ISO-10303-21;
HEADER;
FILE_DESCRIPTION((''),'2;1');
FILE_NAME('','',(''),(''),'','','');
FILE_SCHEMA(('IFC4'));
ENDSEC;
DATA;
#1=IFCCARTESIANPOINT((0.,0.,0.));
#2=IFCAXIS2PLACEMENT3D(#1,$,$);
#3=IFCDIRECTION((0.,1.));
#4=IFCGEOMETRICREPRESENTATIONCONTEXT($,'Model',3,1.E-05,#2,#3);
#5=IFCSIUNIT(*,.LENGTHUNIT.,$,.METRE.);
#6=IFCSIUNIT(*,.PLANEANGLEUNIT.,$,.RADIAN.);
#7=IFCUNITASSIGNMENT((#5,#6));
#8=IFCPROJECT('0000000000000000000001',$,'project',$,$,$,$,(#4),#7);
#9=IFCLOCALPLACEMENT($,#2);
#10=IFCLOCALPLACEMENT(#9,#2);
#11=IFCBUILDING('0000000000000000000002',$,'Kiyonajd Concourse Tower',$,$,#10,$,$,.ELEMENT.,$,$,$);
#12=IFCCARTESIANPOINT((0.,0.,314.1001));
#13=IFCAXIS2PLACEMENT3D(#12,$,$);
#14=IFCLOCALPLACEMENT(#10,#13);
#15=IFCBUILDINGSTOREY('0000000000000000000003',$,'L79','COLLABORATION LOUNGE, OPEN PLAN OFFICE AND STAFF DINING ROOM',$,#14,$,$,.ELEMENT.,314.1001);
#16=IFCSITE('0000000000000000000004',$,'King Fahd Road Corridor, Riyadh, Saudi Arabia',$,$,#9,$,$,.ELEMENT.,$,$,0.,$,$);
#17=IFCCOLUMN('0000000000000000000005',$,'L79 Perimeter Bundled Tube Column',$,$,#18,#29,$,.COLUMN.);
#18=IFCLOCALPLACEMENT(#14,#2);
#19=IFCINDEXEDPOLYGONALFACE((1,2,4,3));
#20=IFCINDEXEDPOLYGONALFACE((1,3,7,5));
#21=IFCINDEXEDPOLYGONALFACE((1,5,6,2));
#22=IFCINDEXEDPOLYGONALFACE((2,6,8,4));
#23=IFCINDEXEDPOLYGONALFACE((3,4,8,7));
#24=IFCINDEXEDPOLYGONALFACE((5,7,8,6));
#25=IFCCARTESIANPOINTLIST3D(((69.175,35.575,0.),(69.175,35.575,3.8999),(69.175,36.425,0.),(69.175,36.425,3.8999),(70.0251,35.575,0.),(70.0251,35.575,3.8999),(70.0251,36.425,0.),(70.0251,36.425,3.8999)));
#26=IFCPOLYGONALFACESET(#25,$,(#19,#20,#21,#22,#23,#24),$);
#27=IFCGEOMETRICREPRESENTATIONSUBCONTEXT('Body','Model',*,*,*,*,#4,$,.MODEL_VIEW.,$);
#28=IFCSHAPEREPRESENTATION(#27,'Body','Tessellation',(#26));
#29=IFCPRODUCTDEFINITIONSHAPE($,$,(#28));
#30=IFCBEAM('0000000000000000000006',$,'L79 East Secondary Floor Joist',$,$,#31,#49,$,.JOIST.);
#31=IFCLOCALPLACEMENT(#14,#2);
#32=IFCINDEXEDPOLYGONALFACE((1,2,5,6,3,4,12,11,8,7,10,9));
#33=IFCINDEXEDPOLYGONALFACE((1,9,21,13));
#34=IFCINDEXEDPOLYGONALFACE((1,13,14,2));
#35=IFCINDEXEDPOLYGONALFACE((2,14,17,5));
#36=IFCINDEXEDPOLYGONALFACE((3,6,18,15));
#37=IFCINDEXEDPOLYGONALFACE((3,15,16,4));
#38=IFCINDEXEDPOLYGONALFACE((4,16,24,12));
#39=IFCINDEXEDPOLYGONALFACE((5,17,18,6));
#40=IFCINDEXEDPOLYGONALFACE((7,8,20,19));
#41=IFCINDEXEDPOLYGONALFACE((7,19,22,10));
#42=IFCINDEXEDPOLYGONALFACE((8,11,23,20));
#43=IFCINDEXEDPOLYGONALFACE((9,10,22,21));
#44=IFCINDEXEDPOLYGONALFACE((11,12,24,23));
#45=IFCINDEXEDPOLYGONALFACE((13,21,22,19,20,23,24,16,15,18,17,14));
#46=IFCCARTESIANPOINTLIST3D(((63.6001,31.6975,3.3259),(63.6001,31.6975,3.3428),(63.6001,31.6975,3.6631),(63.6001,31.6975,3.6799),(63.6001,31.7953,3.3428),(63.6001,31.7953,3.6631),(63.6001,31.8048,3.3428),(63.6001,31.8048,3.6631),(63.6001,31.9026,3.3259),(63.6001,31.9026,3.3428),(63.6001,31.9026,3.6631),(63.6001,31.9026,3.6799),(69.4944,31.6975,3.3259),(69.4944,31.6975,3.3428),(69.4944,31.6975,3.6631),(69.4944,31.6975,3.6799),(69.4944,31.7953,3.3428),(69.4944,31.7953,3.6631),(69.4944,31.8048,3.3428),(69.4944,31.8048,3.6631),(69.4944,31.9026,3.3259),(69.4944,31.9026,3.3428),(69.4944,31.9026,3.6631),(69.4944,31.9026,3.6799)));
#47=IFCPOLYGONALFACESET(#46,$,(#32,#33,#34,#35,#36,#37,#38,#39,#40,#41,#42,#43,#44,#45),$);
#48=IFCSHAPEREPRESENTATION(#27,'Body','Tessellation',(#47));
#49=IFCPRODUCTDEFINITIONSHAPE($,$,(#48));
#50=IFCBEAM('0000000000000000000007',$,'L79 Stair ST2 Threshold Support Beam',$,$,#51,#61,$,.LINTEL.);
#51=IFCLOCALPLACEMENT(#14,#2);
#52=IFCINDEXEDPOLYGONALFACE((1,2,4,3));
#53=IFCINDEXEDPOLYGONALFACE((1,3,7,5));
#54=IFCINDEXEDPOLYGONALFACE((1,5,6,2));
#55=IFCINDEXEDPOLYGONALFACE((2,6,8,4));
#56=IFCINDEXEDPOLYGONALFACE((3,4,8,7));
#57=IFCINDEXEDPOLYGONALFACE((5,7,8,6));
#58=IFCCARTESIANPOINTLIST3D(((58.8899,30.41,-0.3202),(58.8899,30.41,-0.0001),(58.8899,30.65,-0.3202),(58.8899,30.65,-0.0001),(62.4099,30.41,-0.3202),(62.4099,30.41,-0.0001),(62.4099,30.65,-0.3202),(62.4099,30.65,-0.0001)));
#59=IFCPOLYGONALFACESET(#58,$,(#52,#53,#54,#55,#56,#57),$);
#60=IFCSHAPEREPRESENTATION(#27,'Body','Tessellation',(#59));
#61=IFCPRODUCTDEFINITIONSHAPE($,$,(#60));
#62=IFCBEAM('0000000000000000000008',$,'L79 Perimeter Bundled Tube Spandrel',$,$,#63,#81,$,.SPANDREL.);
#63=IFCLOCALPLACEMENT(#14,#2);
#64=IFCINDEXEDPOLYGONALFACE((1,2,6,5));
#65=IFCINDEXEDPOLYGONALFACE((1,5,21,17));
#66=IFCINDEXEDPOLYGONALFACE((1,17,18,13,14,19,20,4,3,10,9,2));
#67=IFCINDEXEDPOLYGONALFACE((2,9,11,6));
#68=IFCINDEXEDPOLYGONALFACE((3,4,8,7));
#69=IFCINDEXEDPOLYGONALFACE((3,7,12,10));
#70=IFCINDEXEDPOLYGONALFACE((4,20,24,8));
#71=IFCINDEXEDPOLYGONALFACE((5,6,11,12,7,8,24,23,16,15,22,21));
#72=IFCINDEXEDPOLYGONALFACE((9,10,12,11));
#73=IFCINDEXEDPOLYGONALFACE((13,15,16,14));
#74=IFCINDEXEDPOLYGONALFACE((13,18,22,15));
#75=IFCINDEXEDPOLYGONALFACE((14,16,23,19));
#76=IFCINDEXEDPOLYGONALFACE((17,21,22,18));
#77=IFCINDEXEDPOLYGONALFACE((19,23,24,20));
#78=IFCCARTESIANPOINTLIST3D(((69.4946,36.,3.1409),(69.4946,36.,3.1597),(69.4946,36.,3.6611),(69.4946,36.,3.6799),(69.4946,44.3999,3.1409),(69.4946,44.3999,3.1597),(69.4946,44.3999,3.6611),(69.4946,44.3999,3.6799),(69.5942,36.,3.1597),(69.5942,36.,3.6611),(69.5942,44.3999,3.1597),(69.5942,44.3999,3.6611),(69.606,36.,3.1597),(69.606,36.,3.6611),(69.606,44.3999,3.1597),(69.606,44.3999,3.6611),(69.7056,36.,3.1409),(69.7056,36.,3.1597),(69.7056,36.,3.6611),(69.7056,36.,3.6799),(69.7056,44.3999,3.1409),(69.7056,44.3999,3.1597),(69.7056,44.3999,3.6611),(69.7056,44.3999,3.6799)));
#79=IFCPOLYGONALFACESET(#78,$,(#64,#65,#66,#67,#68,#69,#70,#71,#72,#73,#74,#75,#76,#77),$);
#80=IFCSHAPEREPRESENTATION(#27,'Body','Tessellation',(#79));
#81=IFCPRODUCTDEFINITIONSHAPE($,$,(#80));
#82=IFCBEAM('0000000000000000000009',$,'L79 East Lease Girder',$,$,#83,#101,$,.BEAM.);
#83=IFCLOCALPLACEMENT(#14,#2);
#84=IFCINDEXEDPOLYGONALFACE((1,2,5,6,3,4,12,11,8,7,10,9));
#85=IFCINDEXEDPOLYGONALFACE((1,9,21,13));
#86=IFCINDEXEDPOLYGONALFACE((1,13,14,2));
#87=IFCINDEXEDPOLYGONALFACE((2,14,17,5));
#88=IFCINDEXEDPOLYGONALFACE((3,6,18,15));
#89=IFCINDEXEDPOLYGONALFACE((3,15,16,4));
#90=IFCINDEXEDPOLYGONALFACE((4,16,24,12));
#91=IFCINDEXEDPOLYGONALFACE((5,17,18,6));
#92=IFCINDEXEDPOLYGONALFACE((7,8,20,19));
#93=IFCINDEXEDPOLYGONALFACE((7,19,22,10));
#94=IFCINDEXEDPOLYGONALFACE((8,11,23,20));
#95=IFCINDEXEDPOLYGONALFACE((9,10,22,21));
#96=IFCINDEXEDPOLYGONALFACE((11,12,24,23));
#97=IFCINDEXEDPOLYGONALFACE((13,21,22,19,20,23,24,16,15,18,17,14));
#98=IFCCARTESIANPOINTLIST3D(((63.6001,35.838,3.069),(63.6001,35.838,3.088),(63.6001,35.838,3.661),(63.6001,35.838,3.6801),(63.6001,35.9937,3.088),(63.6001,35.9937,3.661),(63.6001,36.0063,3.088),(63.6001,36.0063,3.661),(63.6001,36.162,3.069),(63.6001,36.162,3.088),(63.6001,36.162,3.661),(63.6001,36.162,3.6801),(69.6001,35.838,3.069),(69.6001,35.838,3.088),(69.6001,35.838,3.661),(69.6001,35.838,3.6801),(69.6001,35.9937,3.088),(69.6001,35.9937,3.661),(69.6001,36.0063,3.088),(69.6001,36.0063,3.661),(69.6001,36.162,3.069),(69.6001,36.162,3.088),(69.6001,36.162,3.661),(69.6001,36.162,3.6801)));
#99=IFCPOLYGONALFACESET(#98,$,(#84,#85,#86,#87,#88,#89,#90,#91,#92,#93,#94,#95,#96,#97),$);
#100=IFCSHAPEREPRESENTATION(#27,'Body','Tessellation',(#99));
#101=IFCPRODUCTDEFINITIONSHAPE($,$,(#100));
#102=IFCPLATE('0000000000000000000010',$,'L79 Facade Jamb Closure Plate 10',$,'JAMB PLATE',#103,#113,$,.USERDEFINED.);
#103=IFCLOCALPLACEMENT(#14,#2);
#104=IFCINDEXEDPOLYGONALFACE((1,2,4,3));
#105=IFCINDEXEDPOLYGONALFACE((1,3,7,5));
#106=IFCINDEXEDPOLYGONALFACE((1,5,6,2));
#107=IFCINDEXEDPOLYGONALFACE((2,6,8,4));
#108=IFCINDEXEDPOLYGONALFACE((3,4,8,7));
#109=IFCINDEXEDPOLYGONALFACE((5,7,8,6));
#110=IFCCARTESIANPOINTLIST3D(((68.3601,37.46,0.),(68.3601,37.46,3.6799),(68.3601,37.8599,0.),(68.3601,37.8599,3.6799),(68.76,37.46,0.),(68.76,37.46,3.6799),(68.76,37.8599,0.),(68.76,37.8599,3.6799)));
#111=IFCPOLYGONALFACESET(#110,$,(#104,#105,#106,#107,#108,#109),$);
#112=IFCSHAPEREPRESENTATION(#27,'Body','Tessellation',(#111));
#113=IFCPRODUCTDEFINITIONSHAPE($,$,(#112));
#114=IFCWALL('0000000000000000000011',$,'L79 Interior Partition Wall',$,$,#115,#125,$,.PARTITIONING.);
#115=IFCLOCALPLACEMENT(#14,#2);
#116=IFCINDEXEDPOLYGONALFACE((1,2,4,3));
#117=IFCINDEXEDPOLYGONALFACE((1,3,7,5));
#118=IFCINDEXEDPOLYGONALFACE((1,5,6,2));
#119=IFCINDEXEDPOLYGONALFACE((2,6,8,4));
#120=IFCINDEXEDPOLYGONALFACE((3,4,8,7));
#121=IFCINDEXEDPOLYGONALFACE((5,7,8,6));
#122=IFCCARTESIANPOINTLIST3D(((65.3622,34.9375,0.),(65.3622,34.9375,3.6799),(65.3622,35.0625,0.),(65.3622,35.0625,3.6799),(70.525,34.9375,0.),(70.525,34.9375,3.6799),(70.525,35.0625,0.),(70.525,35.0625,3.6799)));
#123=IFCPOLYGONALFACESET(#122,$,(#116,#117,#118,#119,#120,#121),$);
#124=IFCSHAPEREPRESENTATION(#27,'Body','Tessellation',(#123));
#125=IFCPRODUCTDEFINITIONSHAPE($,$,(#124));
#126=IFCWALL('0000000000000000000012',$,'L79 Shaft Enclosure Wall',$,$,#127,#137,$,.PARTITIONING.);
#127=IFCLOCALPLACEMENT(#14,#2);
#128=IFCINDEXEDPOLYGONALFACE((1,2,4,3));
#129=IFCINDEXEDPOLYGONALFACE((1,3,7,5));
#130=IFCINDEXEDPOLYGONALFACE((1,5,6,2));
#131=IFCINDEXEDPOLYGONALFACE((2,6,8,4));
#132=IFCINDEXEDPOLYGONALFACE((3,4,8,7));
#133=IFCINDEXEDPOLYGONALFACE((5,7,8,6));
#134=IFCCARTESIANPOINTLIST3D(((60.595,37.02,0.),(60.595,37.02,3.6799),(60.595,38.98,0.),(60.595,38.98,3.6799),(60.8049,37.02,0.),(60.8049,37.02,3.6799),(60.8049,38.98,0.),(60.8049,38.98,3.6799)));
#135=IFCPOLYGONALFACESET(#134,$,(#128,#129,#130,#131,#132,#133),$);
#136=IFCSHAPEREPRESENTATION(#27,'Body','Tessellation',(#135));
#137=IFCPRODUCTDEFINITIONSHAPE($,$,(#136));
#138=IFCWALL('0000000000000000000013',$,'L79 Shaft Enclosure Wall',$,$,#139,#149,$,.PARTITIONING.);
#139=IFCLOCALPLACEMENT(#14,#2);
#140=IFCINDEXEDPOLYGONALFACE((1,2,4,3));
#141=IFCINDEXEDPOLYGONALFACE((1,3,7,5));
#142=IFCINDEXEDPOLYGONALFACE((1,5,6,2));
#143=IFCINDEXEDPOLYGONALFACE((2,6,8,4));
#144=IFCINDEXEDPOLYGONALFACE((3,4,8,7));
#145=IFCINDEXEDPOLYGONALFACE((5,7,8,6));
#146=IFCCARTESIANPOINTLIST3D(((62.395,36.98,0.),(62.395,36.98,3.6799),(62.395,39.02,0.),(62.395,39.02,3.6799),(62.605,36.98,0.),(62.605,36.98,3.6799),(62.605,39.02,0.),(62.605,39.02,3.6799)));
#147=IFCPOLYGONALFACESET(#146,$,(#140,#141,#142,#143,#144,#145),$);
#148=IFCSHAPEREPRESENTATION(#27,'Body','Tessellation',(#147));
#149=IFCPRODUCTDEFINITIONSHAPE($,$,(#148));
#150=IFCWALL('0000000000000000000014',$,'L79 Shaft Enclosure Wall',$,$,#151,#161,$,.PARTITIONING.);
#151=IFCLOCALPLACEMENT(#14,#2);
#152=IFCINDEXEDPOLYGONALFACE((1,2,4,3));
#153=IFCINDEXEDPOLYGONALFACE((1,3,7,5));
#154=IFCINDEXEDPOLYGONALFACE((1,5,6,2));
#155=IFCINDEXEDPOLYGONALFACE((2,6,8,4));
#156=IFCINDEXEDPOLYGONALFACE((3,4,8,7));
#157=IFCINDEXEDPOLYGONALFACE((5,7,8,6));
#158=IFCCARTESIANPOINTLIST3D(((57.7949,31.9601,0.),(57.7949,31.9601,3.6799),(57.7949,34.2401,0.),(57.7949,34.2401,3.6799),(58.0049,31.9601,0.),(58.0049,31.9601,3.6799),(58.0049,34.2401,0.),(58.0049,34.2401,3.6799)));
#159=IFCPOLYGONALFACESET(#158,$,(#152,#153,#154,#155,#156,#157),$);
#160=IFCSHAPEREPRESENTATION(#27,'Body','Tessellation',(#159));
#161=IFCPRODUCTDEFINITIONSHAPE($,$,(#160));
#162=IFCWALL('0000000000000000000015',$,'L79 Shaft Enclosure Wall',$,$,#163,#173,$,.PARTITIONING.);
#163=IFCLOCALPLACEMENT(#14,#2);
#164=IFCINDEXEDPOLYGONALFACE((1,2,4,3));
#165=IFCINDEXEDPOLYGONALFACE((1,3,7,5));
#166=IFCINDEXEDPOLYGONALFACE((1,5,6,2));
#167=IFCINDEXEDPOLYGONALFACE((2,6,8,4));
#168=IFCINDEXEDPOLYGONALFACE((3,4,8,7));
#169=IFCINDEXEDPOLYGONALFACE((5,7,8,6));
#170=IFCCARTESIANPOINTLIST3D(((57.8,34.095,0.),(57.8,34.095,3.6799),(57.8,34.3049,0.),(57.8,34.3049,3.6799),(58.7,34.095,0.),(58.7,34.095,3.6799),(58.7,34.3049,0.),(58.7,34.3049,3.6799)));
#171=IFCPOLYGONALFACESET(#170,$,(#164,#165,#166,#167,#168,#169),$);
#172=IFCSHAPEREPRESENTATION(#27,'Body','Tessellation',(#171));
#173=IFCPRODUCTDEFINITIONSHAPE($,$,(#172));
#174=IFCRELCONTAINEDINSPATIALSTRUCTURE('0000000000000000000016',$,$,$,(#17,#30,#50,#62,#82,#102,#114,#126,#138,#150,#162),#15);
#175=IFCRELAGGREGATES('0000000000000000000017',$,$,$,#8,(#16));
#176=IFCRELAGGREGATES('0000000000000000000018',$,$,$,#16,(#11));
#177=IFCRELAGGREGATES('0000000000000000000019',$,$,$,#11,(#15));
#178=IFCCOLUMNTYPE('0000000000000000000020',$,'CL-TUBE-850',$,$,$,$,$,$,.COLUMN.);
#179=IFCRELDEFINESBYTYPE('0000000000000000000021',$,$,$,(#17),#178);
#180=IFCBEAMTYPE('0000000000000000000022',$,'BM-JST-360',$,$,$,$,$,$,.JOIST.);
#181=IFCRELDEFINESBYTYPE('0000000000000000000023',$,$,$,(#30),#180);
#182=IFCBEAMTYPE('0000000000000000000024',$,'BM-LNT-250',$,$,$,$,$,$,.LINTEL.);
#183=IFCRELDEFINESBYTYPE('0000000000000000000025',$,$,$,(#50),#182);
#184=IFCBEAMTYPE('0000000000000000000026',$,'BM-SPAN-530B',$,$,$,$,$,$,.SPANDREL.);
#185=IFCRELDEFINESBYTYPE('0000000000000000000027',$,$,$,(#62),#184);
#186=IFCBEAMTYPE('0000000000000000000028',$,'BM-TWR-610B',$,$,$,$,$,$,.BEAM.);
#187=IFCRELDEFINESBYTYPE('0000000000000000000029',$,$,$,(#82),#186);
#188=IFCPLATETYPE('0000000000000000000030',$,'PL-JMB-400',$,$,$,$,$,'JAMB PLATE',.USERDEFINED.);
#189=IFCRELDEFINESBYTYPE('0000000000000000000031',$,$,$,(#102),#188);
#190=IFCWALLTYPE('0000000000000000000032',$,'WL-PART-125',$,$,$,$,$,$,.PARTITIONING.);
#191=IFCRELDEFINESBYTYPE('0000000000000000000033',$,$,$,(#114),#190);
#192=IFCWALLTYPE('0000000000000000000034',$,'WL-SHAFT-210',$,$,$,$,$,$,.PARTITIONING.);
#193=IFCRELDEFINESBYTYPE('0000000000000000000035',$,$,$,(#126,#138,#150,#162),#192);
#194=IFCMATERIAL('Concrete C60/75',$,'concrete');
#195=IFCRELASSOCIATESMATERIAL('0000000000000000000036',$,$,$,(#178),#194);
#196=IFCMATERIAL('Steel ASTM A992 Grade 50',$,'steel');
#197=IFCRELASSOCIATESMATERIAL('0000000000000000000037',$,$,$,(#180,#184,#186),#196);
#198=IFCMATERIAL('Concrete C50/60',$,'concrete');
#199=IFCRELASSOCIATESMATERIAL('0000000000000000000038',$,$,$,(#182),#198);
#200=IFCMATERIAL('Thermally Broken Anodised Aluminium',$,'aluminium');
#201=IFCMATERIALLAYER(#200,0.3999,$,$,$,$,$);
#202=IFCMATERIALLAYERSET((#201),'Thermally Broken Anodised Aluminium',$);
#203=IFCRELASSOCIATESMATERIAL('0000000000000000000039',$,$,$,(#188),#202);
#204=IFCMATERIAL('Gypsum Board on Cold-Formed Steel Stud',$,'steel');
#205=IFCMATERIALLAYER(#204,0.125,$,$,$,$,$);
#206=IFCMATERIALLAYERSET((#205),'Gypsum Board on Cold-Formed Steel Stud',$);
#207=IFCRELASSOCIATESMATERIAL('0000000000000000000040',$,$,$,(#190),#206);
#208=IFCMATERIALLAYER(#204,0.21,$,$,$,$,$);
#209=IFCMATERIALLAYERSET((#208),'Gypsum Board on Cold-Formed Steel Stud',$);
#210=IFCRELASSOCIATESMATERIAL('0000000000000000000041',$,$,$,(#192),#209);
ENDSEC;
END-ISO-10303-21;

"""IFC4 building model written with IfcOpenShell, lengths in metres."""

from ifc_helpers import new_model, si_unit, direction, frame, frame_2d, origin, origin_2d, place, context, subcontext, project, spatial, rectangle, i_section, extrude, material, layer, layer_set, material_profile, profile_set, type_object, element, save


model = new_model("IFC4")

# Units and contexts
model_context = context("Model", 3, precision=1e-05, world=origin(), true_north=direction((0.0, 1.0)))
body_context = subcontext(model_context, "Body", "Model", "MODEL_VIEW")
ifc_project = project(units=[si_unit("LENGTHUNIT", "METRE"), si_unit("PLANEANGLEUNIT", "RADIAN")], contexts=[model_context])

# Site, building, storey
site_placement = place(None, origin())
site = spatial("IfcSite", under=ifc_project, at=site_placement, Name="King Fahd Road Corridor, Riyadh, Saudi Arabia", CompositionType="ELEMENT", RefElevation=0.0)
building_placement = place(site_placement, origin())
building = spatial("IfcBuilding", under=site, at=building_placement, Name="Kiyonajd Concourse Tower", CompositionType="ELEMENT")
storey_placement = place(building_placement, frame((0.0, 0.0, 314.1001)))
storey = spatial("IfcBuildingStorey", under=building, at=storey_placement, Name="L79", Description="COLLABORATION LOUNGE, OPEN PLAN OFFICE AND STAFF DINING ROOM", CompositionType="ELEMENT", Elevation=314.1001)

# Column
ifc_material_1 = material(Name="Concrete C60/75", Category="concrete")
ifc_material_profile_1 = material_profile(ifc_material_1, rectangle(XDim=0.8501, YDim=0.8501, at=origin_2d()), Name="RC-850x850")
ifc_profile_set_1 = profile_set([ifc_material_profile_1], Name="Concrete C60/75")
column_type = type_object("IfcColumnType", Name="CL-TUBE-850", PredefinedType="COLUMN", material=ifc_profile_set_1)
column_placement = place(storey_placement, frame((69.6001, 36.0, 0.0), z_axis=(0.0, 0.0, 1.0), x_axis=(1.0, 0.0, 0.0)))
element("IfcColumn", 1, at=column_placement, inside=storey, type_object=column_type, Name="L79 Perimeter Bundled Tube Column", PredefinedType="COLUMN", context=body_context, shape_type="SweptSolid", body=[
    extrude(rectangle(XDim=0.8501, YDim=0.8501, at=origin_2d()), origin(), (0.0, 0.0, 1.0), 3.8999),
])

# Beams
ifc_material_2 = material(Name="Steel ASTM A992 Grade 50", Category="steel")
ifc_material_profile_2 = material_profile(ifc_material_2, i_section(OverallWidth=0.2051, OverallDepth=0.354, WebThickness=0.0095, FlangeThickness=0.0168, at=origin_2d()), Name="W360X79")
ifc_profile_set_2 = profile_set([ifc_material_profile_2], Name="Steel ASTM A992 Grade 50")
beam_type_1 = type_object("IfcBeamType", Name="BM-JST-360", PredefinedType="JOIST", material=ifc_profile_set_2)
beam_1_placement = place(storey_placement, frame((63.6001, 31.8, 3.5029), z_axis=(1.0, 0.0, 0.0), x_axis=(0.0, 1.0, 0.0)))
element("IfcBeam", 2, at=beam_1_placement, inside=storey, type_object=beam_type_1, Name="L79 East Secondary Floor Joist", PredefinedType="JOIST", context=body_context, shape_type="SweptSolid", body=[
    extrude(i_section(OverallWidth=0.2051, OverallDepth=0.354, WebThickness=0.0095, FlangeThickness=0.0168, at=origin_2d()), origin(), (0.0, 0.0, 1.0), 5.8943),
])
ifc_material_3 = material(Name="Concrete C50/60", Category="concrete")
ifc_material_profile_3 = material_profile(ifc_material_3, rectangle(XDim=0.24, YDim=0.3201, at=origin_2d()), Name="RCBM-240x320")
ifc_profile_set_3 = profile_set([ifc_material_profile_3], Name="Concrete C50/60")
beam_type_2 = type_object("IfcBeamType", Name="BM-LNT-250", PredefinedType="LINTEL", material=ifc_profile_set_3)
beam_2_placement = place(storey_placement, frame((58.8899, 30.53, -0.1602), z_axis=(1.0, 0.0, 0.0), x_axis=(0.0, 1.0, 0.0)))
element("IfcBeam", 3, at=beam_2_placement, inside=storey, type_object=beam_type_2, Name="L79 Stair ST2 Threshold Support Beam", PredefinedType="LINTEL", context=body_context, shape_type="SweptSolid", body=[
    extrude(rectangle(XDim=0.24, YDim=0.3201, at=origin_2d()), origin(), (0.0, 0.0, 1.0), 3.52),
])
ifc_material_profile_4 = material_profile(ifc_material_2, i_section(OverallWidth=0.2109, OverallDepth=0.5391, WebThickness=0.0117, FlangeThickness=0.0188, at=origin_2d()), Name="W530X109")
ifc_profile_set_4 = profile_set([ifc_material_profile_4], Name="Steel ASTM A992 Grade 50")
beam_type_3 = type_object("IfcBeamType", Name="BM-SPAN-530B", PredefinedType="SPANDREL", material=ifc_profile_set_4)
beam_3_placement = place(storey_placement, frame((69.6001, 36.0, 3.4104), z_axis=(0.0, 1.0, 0.0), x_axis=(-1.0, 0.0, 0.0)))
element("IfcBeam", 4, at=beam_3_placement, inside=storey, type_object=beam_type_3, Name="L79 Perimeter Bundled Tube Spandrel", PredefinedType="SPANDREL", context=body_context, shape_type="SweptSolid", body=[
    extrude(i_section(OverallWidth=0.2109, OverallDepth=0.5391, WebThickness=0.0117, FlangeThickness=0.0188, at=origin_2d()), origin(), (0.0, 0.0, 1.0), 8.3999),
])
ifc_material_profile_5 = material_profile(ifc_material_2, i_section(OverallWidth=0.324, OverallDepth=0.6111, WebThickness=0.0127, FlangeThickness=0.019, at=origin_2d()), Name="W610X155")
ifc_profile_set_5 = profile_set([ifc_material_profile_5], Name="Steel ASTM A992 Grade 50")
beam_type_4 = type_object("IfcBeamType", Name="BM-TWR-610B", PredefinedType="BEAM", material=ifc_profile_set_5)
beam_4_placement = place(storey_placement, frame((63.6001, 36.0, 3.3745), z_axis=(1.0, 0.0, 0.0), x_axis=(0.0, 1.0, 0.0)))
element("IfcBeam", 5, at=beam_4_placement, inside=storey, type_object=beam_type_4, Name="L79 East Lease Girder", PredefinedType="BEAM", context=body_context, shape_type="SweptSolid", body=[
    extrude(i_section(OverallWidth=0.324, OverallDepth=0.6111, WebThickness=0.0127, FlangeThickness=0.019, at=origin_2d()), origin(), (0.0, 0.0, 1.0), 6.0),
])

# Plate
ifc_material_4 = material(Name="Thermally Broken Anodised Aluminium", Category="aluminium")
ifc_layer_1 = layer(ifc_material_4, 0.3999)
ifc_layer_set_1 = layer_set([ifc_layer_1], Name="Thermally Broken Anodised Aluminium")
plate_type = type_object("IfcPlateType", Name="PL-JMB-400", ElementType="JAMB PLATE", PredefinedType="USERDEFINED", material=ifc_layer_set_1)
plate_placement = place(storey_placement, frame((68.5601, 37.6599, 0.0), z_axis=(0.0, 0.0, 1.0), x_axis=(1.0, 0.0, 0.0)))
element("IfcPlate", 6, at=plate_placement, inside=storey, type_object=plate_type, Name="L79 Facade Jamb Closure Plate 10", ObjectType="JAMB PLATE", PredefinedType="USERDEFINED", context=body_context, shape_type="SweptSolid", body=[
    extrude(rectangle(XDim=0.3999, YDim=0.3999, at=origin_2d()), origin(), (0.0, 0.0, 1.0), 3.6799),
])

# Walls
ifc_material_5 = material(Name="Gypsum Board on Cold-Formed Steel Stud", Category="steel")
ifc_layer_2 = layer(ifc_material_5, 0.125)
ifc_layer_set_2 = layer_set([ifc_layer_2], Name="Gypsum Board on Cold-Formed Steel Stud")
wall_type_1 = type_object("IfcWallType", Name="WL-PART-125", PredefinedType="PARTITIONING", material=ifc_layer_set_2)
wall_1_placement = place(storey_placement, frame((65.3621, 35.0, 0.0), z_axis=(0.0, 0.0, 1.0), x_axis=(1.0, 0.0, 0.0)))
element("IfcWall", 7, at=wall_1_placement, inside=storey, type_object=wall_type_1, Name="L79 Interior Partition Wall", PredefinedType="PARTITIONING", context=body_context, shape_type="SweptSolid", body=[
    extrude(rectangle(XDim=5.1628, YDim=0.125, at=frame_2d((2.5815, 0.0))), origin(), (0.0, 0.0, 1.0), 3.6799),
])
ifc_layer_3 = layer(ifc_material_5, 0.21)
ifc_layer_set_3 = layer_set([ifc_layer_3], Name="Gypsum Board on Cold-Formed Steel Stud")
wall_type_2 = type_object("IfcWallType", Name="WL-SHAFT-210", PredefinedType="PARTITIONING", material=ifc_layer_set_3)
wall_2_placement = place(storey_placement, frame((60.7, 37.02, 0.0), z_axis=(0.0, 0.0, 1.0), x_axis=(0.0, 1.0, 0.0)))
element("IfcWall", 8, at=wall_2_placement, inside=storey, type_object=wall_type_2, Name="L79 Shaft Enclosure Wall", PredefinedType="PARTITIONING", context=body_context, shape_type="SweptSolid", body=[
    extrude(rectangle(XDim=1.96, YDim=0.21, at=frame_2d((0.98, 0.0))), origin(), (0.0, 0.0, 1.0), 3.6799),
])
wall_3_placement = place(storey_placement, frame((62.5, 36.98, 0.0), z_axis=(0.0, 0.0, 1.0), x_axis=(0.0, 1.0, 0.0)))
element("IfcWall", 9, at=wall_3_placement, inside=storey, type_object=wall_type_2, Name="L79 Shaft Enclosure Wall", PredefinedType="PARTITIONING", context=body_context, shape_type="SweptSolid", body=[
    extrude(rectangle(XDim=2.04, YDim=0.21, at=frame_2d((1.02, 0.0))), origin(), (0.0, 0.0, 1.0), 3.6799),
])
wall_4_placement = place(storey_placement, frame((57.8999, 31.96, 0.0), z_axis=(0.0, 0.0, 1.0), x_axis=(0.0, 1.0, 0.0)))
element("IfcWall", 10, at=wall_4_placement, inside=storey, type_object=wall_type_2, Name="L79 Shaft Enclosure Wall", PredefinedType="PARTITIONING", context=body_context, shape_type="SweptSolid", body=[
    extrude(rectangle(XDim=2.28, YDim=0.21, at=frame_2d((1.1401, 0.0))), origin(), (0.0, 0.0, 1.0), 3.6799),
])
wall_5_placement = place(storey_placement, frame((57.8, 34.2, 0.0), z_axis=(0.0, 0.0, 1.0), x_axis=(1.0, 0.0, 0.0)))
element("IfcWall", 11, at=wall_5_placement, inside=storey, type_object=wall_type_2, Name="L79 Shaft Enclosure Wall", PredefinedType="PARTITIONING", context=body_context, shape_type="SweptSolid", body=[
    extrude(rectangle(XDim=0.8999, YDim=0.21, at=frame_2d((0.45, 0.0))), origin(), (0.0, 0.0, 1.0), 3.6799),
])

save(model, "model.ifc")
